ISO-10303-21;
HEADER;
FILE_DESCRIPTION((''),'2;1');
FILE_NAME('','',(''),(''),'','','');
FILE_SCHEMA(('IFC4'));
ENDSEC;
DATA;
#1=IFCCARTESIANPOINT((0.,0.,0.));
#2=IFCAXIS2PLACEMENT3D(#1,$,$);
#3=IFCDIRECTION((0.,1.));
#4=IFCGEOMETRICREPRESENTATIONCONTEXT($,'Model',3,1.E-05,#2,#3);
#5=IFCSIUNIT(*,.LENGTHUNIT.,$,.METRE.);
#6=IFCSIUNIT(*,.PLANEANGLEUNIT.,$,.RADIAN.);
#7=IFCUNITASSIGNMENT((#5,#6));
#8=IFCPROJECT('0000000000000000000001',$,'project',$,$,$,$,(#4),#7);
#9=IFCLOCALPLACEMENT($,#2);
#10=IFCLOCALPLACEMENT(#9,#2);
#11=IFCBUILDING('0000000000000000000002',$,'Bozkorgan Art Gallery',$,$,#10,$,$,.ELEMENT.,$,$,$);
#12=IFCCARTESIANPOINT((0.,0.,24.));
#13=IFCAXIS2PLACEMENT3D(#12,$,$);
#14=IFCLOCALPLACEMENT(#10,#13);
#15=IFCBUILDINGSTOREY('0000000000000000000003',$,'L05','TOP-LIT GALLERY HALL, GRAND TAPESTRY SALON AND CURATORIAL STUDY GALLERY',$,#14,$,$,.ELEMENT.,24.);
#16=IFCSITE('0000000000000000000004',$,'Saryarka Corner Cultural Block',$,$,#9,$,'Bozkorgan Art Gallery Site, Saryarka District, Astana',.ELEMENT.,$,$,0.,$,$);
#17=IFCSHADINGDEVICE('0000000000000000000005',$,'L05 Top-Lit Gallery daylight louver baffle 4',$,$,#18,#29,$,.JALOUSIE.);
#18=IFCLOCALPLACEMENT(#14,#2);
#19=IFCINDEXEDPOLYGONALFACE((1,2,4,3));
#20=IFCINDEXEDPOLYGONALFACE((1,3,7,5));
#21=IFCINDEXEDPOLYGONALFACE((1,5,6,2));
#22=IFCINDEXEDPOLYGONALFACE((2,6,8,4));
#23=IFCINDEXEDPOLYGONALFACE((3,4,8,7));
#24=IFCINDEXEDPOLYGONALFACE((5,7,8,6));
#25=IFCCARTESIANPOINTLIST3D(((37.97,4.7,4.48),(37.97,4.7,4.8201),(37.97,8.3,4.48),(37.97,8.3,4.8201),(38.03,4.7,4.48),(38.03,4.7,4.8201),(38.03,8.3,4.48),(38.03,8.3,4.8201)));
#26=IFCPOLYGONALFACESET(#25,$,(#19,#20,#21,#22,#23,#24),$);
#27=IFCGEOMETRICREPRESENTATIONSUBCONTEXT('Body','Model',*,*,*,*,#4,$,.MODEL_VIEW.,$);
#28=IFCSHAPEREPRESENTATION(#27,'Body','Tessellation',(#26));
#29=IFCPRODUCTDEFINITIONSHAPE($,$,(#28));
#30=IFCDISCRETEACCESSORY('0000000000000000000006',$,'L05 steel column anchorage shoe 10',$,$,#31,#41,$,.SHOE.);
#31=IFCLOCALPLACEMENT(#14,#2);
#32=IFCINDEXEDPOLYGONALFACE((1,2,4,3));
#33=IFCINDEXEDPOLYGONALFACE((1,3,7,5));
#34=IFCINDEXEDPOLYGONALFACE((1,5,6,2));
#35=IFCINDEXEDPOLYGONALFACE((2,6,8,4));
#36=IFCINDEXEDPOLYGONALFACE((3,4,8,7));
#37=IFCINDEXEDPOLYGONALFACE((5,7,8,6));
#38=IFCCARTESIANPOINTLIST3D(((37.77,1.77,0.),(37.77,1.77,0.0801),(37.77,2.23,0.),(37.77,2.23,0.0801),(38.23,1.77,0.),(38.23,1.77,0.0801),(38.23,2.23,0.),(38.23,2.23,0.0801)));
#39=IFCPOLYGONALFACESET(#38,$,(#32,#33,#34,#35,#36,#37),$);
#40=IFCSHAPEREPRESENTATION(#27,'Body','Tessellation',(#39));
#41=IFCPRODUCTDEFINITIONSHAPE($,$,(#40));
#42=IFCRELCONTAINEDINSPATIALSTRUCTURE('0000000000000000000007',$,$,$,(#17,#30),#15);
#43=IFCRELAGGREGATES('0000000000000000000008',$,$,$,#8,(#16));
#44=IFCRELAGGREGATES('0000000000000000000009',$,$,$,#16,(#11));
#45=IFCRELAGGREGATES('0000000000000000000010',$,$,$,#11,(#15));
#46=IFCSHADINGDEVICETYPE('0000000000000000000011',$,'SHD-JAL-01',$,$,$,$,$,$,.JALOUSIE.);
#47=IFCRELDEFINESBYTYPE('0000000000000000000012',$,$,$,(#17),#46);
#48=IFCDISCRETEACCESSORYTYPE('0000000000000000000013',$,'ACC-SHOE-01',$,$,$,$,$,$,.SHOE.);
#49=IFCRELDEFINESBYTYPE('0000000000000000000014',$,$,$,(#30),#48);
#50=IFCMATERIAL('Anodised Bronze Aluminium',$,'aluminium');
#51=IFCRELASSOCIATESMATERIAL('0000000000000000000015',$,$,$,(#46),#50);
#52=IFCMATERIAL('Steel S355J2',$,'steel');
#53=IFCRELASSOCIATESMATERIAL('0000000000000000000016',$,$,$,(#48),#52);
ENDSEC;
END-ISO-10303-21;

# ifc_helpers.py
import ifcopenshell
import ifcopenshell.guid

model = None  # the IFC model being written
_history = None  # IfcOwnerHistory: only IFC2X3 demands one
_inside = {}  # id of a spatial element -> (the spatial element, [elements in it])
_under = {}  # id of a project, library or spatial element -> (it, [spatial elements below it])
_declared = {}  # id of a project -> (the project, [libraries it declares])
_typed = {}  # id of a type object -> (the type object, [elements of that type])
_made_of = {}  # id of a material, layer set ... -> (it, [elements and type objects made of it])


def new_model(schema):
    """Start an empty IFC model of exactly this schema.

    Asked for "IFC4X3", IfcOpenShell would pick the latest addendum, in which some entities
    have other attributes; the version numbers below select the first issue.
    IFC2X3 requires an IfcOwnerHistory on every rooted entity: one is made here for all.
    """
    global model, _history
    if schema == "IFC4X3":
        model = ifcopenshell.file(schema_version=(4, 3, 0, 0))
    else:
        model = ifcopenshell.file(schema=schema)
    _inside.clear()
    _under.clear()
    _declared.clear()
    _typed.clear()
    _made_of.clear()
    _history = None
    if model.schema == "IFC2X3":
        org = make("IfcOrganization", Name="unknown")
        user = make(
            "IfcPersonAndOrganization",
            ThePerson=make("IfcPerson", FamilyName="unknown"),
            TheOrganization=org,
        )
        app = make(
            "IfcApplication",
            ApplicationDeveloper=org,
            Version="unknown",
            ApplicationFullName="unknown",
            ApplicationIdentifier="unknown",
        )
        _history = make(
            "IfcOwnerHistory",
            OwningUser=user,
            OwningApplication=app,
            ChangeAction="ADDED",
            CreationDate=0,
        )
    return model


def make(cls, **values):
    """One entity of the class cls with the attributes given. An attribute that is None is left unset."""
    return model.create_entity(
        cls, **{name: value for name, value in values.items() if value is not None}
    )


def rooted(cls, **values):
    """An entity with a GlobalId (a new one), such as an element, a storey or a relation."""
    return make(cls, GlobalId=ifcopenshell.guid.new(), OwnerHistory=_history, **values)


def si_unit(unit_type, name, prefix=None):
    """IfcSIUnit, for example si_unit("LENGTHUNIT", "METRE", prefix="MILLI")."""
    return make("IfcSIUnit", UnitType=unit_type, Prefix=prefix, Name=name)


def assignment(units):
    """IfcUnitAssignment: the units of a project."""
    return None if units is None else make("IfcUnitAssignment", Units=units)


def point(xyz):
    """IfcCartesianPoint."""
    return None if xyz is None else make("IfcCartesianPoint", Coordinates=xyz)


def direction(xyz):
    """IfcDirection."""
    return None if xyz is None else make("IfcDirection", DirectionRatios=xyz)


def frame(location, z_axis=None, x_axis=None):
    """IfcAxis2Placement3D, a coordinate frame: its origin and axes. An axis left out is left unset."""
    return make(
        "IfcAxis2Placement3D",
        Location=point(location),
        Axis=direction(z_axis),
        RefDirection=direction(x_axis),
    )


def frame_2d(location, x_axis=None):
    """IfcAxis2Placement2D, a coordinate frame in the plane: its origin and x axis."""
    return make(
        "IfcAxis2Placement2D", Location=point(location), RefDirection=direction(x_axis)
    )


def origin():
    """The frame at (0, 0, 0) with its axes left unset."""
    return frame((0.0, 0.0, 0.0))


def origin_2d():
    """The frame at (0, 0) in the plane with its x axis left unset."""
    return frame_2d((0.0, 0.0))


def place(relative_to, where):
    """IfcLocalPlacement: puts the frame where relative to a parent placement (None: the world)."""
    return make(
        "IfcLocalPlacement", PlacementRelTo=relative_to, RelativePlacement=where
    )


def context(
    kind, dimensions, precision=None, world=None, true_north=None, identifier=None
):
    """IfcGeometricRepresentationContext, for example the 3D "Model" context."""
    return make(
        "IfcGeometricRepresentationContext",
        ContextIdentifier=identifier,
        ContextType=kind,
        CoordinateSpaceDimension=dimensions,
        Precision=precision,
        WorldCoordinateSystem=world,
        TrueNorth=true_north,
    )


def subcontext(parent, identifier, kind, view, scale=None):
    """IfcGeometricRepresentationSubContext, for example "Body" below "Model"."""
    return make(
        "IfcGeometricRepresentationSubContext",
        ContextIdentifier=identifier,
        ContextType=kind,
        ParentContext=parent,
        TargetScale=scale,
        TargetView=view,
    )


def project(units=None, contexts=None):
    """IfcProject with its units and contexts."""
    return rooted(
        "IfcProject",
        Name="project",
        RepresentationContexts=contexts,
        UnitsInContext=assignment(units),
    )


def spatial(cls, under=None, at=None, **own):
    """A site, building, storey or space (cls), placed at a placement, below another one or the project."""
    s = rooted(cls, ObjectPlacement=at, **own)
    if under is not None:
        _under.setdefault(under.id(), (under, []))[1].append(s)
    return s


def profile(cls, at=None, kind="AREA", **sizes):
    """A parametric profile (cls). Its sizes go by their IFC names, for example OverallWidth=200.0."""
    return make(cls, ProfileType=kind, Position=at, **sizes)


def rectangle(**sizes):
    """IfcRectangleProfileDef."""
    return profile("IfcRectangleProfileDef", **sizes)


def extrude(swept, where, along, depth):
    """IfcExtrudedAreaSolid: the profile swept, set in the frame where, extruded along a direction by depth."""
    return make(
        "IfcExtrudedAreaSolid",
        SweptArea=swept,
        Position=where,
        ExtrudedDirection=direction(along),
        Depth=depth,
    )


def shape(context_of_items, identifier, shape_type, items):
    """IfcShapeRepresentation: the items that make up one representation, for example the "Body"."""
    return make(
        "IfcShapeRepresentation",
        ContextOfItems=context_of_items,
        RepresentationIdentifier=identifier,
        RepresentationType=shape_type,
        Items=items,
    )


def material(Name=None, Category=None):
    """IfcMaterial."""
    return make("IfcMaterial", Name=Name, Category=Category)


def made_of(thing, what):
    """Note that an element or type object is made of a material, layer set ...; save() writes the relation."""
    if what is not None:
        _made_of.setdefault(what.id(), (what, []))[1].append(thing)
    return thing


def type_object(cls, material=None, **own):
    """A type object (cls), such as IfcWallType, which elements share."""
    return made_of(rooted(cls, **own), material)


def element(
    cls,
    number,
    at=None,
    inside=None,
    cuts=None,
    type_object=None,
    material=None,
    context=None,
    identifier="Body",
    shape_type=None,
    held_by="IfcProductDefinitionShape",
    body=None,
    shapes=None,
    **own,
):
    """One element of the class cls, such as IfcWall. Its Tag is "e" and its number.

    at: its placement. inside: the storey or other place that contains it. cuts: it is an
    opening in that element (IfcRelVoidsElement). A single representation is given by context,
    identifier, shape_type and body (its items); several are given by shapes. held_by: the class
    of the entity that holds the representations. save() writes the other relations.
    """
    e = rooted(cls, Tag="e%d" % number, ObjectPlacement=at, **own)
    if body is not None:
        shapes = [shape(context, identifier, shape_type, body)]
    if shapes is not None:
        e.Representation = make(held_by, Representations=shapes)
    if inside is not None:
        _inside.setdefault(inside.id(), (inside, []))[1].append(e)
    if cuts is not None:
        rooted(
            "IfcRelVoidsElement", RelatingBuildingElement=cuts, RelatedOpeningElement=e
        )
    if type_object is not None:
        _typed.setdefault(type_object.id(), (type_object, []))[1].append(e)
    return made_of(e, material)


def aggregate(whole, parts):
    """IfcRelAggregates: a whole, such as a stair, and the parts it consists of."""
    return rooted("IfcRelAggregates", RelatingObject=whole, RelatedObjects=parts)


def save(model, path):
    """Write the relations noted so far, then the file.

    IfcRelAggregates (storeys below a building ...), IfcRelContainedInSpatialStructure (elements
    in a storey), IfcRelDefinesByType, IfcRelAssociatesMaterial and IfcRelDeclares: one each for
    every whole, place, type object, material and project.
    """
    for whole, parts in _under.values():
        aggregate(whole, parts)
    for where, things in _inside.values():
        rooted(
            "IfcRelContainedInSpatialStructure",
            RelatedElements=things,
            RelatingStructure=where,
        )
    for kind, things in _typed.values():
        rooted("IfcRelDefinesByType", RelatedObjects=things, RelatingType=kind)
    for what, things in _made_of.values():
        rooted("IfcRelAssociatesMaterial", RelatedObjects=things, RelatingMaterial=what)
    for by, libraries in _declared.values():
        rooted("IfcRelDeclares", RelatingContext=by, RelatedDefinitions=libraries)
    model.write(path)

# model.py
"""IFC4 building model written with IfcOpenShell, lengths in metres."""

from ifc_helpers import new_model, si_unit, direction, frame, origin, origin_2d, place, context, subcontext, project, spatial, rectangle, extrude, material, type_object, element, save


model = new_model("IFC4")

# Units and contexts
model_context = context("Model", 3, precision=1e-05, world=origin(), true_north=direction((0.0, 1.0)))
body_context = subcontext(model_context, "Body", "Model", "MODEL_VIEW")
ifc_project = project(units=[si_unit("LENGTHUNIT", "METRE"), si_unit("PLANEANGLEUNIT", "RADIAN")], contexts=[model_context])

# Site, building, storey
site_placement = place(None, origin())
site = spatial("IfcSite", under=ifc_project, at=site_placement, Name="Saryarka Corner Cultural Block", LongName="Bozkorgan Art Gallery Site, Saryarka District, Astana", CompositionType="ELEMENT", RefElevation=0.0)
building_placement = place(site_placement, origin())
building = spatial("IfcBuilding", under=site, at=building_placement, Name="Bozkorgan Art Gallery", CompositionType="ELEMENT")
storey_placement = place(building_placement, frame((0.0, 0.0, 24.0)))
storey = spatial("IfcBuildingStorey", under=building, at=storey_placement, Name="L05", Description="TOP-LIT GALLERY HALL, GRAND TAPESTRY SALON AND CURATORIAL STUDY GALLERY", CompositionType="ELEMENT", Elevation=24.0)

# Shared definitions
ifc_material_1 = material(Name="Steel S355J2", Category="steel")

# Shared definitions
ifc_material_2 = material(Name="Anodised Bronze Aluminium", Category="aluminium")

# Shading device
shading_device_type = type_object("IfcShadingDeviceType", Name="SHD-JAL-01", PredefinedType="JALOUSIE", material=ifc_material_2)
shading_device_placement = place(storey_placement, frame((38.0, 6.5, 4.48), z_axis=(0.0, 0.0, 1.0), x_axis=(1.0, 0.0, 0.0)))
element("IfcShadingDevice", 1, at=shading_device_placement, inside=storey, type_object=shading_device_type, Name="L05 Top-Lit Gallery daylight louver baffle 4", PredefinedType="JALOUSIE", context=body_context, shape_type="SweptSolid", body=[
    extrude(rectangle(XDim=0.0601, YDim=3.6001, at=origin_2d()), origin(), (0.0, 0.0, 1.0), 0.3401),
])

# Discrete accessory
discrete_accessory_type = type_object("IfcDiscreteAccessoryType", Name="ACC-SHOE-01", PredefinedType="SHOE", material=ifc_material_1)
discrete_accessory_placement = place(storey_placement, frame((38.0, 2.0, 0.0), z_axis=(0.0, 0.0, 1.0), x_axis=(1.0, 0.0, 0.0)))
element("IfcDiscreteAccessory", 2, at=discrete_accessory_placement, inside=storey, type_object=discrete_accessory_type, Name="L05 steel column anchorage shoe 10", PredefinedType="SHOE", context=body_context, shape_type="SweptSolid", body=[
    extrude(rectangle(XDim=0.46, YDim=0.46, at=origin_2d()), origin(), (0.0, 0.0, 1.0), 0.0801),
])

save(model, "model.ifc")
